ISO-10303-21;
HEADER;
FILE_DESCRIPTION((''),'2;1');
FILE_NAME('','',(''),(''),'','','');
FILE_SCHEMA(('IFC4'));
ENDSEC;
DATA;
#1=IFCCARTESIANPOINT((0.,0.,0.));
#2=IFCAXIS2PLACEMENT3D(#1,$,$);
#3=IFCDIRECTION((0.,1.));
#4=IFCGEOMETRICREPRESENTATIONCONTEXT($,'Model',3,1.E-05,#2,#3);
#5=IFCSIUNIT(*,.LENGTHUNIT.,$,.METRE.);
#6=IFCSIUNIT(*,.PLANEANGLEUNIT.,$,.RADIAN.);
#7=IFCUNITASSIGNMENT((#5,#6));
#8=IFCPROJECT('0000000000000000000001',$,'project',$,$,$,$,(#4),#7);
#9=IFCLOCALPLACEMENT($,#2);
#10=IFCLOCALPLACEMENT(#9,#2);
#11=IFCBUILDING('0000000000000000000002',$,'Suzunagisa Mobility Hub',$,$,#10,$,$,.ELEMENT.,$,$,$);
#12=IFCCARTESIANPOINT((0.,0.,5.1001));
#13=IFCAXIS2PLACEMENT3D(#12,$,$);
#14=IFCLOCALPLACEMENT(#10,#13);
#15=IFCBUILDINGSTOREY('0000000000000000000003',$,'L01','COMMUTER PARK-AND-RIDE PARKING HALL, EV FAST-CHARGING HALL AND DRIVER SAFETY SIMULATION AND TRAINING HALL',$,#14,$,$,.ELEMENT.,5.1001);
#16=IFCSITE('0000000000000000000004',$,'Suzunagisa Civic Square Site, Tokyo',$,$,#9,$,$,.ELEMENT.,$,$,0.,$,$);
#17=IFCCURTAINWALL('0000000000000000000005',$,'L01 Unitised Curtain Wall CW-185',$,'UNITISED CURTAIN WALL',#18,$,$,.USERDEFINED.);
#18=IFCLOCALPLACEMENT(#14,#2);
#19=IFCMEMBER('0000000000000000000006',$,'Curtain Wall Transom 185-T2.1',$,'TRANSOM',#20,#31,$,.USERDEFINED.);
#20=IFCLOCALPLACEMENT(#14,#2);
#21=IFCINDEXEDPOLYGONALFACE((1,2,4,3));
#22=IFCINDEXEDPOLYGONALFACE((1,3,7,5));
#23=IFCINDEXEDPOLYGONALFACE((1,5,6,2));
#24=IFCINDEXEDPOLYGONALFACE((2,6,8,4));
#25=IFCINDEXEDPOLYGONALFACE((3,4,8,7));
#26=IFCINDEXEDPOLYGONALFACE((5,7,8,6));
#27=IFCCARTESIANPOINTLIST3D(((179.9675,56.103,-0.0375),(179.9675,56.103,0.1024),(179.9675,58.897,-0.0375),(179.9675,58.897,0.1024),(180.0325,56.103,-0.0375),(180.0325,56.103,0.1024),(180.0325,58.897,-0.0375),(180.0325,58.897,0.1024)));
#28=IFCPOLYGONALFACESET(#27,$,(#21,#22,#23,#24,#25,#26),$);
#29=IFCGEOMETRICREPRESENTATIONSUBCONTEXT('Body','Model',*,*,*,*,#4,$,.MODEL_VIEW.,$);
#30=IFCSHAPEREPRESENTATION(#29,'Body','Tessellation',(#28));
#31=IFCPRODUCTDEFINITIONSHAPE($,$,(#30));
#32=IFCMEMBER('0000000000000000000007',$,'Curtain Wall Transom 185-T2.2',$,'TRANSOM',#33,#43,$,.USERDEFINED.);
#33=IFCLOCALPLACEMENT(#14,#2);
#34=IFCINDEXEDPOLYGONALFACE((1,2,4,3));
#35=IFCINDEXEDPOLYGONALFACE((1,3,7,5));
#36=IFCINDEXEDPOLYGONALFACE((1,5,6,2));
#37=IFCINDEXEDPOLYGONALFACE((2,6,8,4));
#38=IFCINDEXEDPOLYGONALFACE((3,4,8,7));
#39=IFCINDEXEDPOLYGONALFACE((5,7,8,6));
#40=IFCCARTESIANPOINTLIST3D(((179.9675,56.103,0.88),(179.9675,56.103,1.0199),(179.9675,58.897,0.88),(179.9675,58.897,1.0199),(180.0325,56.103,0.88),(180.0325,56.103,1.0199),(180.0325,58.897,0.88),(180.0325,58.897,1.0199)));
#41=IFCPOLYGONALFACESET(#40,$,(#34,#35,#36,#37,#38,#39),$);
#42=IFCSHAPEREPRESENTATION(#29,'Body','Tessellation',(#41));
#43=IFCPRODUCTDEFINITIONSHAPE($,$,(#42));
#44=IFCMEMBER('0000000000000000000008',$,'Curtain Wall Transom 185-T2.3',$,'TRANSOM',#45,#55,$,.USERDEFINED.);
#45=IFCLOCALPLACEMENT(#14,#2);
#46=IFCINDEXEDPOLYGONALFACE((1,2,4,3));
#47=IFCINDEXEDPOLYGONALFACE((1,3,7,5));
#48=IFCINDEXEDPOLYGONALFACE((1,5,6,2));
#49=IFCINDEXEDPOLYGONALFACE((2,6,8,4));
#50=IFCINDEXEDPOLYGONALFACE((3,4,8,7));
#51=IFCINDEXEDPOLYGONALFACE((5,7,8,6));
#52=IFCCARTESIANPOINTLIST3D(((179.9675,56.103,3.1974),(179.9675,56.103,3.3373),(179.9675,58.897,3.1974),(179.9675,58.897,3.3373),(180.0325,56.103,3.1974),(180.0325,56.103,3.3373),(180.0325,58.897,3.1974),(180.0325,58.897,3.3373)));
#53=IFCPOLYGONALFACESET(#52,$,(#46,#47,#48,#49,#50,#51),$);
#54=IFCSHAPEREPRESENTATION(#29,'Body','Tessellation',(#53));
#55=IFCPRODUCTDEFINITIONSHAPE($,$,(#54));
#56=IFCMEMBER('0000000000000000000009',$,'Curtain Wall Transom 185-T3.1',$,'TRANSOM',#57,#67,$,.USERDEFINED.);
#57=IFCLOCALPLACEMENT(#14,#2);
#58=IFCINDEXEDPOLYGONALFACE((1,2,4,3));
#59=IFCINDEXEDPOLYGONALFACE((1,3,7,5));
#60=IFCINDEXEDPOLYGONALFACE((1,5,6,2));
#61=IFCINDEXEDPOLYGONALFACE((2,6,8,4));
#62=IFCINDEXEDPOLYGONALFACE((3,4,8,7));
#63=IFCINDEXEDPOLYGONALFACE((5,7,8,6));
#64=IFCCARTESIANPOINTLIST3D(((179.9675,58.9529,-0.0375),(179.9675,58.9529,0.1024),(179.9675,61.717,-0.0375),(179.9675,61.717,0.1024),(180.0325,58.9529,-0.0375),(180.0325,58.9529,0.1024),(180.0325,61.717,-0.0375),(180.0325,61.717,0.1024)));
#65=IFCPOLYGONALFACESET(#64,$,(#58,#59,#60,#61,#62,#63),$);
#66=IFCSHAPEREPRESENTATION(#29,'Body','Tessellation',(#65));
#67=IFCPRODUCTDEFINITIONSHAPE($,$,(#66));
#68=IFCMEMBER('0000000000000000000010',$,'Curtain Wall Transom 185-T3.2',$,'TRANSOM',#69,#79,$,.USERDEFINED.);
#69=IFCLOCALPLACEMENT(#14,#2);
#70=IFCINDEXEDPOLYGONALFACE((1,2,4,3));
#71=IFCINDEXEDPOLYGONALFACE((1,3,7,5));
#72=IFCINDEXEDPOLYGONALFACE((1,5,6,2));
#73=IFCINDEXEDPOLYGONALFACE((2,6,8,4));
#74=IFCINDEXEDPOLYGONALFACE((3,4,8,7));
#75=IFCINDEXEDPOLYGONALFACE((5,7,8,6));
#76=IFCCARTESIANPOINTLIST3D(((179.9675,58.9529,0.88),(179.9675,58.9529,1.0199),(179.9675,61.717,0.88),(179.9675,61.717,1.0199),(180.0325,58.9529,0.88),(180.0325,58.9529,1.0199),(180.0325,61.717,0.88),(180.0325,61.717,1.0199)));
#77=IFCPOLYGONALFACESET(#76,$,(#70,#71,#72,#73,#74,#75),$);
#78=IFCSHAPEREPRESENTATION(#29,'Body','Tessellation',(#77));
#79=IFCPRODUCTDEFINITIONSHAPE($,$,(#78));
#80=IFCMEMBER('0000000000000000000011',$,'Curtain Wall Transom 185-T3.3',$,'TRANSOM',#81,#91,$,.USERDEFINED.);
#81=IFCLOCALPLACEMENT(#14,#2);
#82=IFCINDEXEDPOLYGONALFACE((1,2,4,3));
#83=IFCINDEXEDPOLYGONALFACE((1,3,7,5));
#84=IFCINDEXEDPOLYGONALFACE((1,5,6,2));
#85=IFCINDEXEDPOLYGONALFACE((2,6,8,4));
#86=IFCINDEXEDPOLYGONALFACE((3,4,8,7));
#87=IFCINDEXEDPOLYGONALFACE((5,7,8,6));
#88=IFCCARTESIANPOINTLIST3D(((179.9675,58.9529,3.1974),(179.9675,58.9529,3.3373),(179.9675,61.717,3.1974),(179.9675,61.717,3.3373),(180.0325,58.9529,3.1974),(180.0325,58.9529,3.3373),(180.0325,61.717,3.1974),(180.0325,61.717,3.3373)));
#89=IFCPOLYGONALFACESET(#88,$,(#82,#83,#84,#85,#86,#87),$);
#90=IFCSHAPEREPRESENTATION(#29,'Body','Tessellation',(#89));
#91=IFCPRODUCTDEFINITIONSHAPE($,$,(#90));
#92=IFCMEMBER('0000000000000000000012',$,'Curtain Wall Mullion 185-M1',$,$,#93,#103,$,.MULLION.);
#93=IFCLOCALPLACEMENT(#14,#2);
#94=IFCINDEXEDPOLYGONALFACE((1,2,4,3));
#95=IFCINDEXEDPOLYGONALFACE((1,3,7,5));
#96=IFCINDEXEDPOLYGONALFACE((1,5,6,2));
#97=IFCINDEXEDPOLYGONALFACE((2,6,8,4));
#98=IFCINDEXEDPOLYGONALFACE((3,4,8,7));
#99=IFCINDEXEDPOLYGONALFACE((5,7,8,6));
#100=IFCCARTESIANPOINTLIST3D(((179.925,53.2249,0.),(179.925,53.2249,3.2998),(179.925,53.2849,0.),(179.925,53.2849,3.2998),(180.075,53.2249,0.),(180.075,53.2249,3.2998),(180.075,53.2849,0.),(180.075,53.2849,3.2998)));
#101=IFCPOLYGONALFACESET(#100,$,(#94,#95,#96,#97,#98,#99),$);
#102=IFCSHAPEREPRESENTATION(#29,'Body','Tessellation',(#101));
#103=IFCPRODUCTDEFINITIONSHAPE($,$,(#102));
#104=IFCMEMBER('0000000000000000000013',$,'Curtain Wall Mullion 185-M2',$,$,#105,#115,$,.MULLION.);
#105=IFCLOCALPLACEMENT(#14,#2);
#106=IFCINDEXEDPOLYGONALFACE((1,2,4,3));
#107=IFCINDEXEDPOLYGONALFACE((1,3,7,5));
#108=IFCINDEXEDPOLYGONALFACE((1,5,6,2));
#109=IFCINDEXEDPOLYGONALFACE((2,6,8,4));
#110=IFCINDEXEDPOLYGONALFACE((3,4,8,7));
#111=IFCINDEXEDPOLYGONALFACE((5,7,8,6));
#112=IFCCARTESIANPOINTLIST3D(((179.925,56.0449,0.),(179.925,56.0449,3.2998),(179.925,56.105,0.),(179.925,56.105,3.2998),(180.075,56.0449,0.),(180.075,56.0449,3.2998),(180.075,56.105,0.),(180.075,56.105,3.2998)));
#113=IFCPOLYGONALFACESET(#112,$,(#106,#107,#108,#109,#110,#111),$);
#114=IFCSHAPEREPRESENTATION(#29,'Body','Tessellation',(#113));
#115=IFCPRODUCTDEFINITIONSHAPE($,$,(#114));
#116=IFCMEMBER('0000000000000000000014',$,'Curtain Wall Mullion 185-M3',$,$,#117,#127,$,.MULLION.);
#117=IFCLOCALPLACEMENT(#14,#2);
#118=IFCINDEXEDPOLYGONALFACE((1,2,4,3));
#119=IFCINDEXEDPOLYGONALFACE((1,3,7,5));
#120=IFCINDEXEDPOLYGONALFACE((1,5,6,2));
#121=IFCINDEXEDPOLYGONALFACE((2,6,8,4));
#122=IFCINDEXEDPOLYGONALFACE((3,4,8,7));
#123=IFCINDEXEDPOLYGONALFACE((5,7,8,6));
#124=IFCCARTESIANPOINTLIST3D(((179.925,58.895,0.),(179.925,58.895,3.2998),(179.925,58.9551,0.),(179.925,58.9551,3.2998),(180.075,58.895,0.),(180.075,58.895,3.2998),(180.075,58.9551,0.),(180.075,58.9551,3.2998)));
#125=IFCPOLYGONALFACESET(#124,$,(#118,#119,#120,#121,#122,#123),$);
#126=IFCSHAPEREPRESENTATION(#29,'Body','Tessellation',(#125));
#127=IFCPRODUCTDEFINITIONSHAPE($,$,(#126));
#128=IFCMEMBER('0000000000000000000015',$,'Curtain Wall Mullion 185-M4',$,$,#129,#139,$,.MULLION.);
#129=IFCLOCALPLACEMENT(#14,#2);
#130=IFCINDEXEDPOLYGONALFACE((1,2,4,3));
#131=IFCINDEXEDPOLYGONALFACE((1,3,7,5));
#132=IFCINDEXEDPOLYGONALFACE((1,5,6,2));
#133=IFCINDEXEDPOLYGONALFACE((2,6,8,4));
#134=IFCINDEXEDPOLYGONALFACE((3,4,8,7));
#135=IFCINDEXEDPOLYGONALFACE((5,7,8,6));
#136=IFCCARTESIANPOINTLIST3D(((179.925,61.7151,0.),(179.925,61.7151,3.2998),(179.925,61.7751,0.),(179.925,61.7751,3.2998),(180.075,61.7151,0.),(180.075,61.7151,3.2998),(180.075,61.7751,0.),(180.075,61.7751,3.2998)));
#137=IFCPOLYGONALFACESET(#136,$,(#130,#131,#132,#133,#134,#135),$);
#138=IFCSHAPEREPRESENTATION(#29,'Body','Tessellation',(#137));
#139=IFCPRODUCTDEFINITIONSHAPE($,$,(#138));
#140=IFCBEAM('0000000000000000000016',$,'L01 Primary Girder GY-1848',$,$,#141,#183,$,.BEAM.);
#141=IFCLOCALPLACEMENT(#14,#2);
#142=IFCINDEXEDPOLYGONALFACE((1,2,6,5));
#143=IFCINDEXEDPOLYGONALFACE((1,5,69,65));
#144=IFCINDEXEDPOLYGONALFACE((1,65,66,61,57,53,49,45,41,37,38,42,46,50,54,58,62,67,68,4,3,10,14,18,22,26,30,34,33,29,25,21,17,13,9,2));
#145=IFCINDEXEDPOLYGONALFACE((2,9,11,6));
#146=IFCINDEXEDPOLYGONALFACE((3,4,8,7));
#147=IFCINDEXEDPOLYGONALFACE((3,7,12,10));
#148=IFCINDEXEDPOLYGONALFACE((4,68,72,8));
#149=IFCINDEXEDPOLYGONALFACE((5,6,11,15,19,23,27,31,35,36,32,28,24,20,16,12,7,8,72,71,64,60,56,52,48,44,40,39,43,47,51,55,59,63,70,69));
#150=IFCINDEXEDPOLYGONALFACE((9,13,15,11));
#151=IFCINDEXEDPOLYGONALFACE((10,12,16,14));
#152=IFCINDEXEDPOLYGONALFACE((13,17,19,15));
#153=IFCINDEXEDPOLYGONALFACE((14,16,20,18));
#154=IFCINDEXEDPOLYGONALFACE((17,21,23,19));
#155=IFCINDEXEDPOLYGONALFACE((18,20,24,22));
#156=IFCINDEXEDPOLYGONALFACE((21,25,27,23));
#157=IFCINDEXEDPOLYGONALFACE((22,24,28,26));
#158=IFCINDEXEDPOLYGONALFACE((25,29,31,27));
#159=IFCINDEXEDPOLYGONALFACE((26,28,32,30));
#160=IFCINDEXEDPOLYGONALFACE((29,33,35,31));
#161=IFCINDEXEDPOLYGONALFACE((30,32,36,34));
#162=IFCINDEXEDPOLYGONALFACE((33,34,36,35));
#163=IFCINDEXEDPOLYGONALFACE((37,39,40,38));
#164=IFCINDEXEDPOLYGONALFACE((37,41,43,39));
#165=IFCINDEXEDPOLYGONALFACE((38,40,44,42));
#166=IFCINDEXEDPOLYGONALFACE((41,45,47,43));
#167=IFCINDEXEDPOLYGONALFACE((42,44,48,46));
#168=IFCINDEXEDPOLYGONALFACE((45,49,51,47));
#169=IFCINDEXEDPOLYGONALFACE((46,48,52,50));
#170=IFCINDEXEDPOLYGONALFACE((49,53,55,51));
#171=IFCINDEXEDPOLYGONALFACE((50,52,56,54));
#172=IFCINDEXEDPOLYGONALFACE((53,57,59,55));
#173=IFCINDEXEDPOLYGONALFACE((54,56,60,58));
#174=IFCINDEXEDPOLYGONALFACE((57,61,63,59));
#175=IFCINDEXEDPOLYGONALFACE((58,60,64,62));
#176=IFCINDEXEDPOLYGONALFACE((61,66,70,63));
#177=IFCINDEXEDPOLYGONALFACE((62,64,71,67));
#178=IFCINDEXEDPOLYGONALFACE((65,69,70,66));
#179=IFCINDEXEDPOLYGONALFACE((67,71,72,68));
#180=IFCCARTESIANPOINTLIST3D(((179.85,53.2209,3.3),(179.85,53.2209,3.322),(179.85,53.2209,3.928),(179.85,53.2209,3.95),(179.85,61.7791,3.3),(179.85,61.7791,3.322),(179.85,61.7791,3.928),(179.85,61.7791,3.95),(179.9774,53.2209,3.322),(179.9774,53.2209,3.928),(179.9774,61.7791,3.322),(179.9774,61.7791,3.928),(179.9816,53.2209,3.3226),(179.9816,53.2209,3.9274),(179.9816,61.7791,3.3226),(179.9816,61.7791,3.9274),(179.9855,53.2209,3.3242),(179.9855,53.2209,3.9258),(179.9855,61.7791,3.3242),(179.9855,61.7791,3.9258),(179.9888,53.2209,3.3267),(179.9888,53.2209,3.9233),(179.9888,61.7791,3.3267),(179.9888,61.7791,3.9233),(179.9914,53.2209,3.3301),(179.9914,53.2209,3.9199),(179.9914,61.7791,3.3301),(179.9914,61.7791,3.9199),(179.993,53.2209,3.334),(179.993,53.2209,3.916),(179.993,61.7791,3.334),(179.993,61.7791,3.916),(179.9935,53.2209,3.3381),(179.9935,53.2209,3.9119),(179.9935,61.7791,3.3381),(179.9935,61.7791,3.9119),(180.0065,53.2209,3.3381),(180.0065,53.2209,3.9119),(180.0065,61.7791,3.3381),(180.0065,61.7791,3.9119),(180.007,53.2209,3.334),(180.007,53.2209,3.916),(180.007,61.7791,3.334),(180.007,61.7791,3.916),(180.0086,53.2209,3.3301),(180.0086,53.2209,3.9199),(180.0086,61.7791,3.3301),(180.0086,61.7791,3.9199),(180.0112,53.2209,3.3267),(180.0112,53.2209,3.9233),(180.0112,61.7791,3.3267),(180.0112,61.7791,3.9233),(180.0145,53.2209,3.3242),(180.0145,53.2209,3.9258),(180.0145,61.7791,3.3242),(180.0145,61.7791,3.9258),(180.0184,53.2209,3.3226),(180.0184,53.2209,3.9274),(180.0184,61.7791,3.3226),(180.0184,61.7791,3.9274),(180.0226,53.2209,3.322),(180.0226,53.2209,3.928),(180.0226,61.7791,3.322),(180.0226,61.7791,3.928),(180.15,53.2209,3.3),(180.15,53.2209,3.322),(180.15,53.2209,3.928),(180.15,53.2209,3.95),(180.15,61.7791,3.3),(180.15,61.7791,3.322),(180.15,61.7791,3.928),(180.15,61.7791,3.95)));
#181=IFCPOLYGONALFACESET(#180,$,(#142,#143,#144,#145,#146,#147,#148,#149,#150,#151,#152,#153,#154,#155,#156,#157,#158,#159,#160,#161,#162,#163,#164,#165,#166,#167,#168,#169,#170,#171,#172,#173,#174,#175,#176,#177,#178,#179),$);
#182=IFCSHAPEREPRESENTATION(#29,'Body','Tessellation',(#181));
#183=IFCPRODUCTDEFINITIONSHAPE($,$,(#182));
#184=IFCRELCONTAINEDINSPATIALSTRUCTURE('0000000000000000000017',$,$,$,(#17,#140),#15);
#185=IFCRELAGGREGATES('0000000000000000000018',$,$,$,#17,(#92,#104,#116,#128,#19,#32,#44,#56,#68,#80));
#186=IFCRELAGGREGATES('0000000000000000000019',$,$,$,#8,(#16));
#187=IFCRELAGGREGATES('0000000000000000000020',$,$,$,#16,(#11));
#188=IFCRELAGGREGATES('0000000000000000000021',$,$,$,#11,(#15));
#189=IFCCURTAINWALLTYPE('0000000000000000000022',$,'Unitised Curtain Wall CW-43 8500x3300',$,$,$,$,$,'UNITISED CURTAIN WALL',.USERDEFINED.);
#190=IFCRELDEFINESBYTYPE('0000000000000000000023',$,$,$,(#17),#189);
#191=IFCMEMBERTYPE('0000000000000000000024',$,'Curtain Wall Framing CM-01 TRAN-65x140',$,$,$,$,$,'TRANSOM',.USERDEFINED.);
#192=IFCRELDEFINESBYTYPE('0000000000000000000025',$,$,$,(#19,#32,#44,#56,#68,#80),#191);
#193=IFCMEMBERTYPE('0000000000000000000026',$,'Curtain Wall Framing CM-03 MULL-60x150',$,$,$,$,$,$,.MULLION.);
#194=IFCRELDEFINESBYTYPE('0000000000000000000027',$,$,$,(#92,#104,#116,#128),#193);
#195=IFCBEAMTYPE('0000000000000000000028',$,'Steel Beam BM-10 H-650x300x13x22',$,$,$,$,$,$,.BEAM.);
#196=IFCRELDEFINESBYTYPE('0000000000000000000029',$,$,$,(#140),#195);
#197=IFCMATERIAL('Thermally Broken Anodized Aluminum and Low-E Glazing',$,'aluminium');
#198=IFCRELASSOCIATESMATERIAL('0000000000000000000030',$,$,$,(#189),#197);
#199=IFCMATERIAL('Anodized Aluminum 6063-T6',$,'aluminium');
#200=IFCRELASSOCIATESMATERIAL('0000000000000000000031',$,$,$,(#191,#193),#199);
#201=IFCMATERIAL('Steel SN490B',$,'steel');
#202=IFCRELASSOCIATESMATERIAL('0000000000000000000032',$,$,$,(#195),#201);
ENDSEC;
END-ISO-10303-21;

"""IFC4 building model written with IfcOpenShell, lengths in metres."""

from ifc_helpers import new_model, si_unit, direction, frame, origin, origin_2d, place, context, subcontext, project, spatial, rectangle, i_section, extrude, material, material_profile, profile_set, type_object, element, aggregate, save


model = new_model("IFC4")

# Units and contexts
model_context = context("Model", 3, precision=1e-05, world=origin(), true_north=direction((0.0, 1.0)))
body_context = subcontext(model_context, "Body", "Model", "MODEL_VIEW")
ifc_project = project(units=[si_unit("LENGTHUNIT", "METRE"), si_unit("PLANEANGLEUNIT", "RADIAN")], contexts=[model_context])

# Site, building, storey
site_placement = place(None, origin())
site = spatial("IfcSite", under=ifc_project, at=site_placement, Name="Suzunagisa Civic Square Site, Tokyo", CompositionType="ELEMENT", RefElevation=0.0)
building_placement = place(site_placement, origin())
building = spatial("IfcBuilding", under=site, at=building_placement, Name="Suzunagisa Mobility Hub", CompositionType="ELEMENT")
storey_placement = place(building_placement, frame((0.0, 0.0, 5.1001)))
storey = spatial("IfcBuildingStorey", under=building, at=storey_placement, Name="L01", Description="COMMUTER PARK-AND-RIDE PARKING HALL, EV FAST-CHARGING HALL AND DRIVER SAFETY SIMULATION AND TRAINING HALL", CompositionType="ELEMENT", Elevation=5.1001)

# Shared definitions
ifc_material_1 = material(Name="Steel SN490B", Category="steel")

# Curtain wall, members
ifc_material_2 = material(Name="Thermally Broken Anodized Aluminum and Low-E Glazing", Category="aluminium")
curtain_wall_type = type_object("IfcCurtainWallType", Name="Unitised Curtain Wall CW-43 8500x3300", ElementType="UNITISED CURTAIN WALL", PredefinedType="USERDEFINED", material=ifc_material_2)
curtain_wall_placement = place(storey_placement, origin())
curtain_wall = element("IfcCurtainWall", 1, at=curtain_wall_placement, inside=storey, type_object=curtain_wall_type, Name="L01 Unitised Curtain Wall CW-185", ObjectType="UNITISED CURTAIN WALL", PredefinedType="USERDEFINED")
ifc_material_3 = material(Name="Anodized Aluminum 6063-T6", Category="aluminium")
ifc_material_profile_1 = material_profile(ifc_material_3, rectangle(XDim=0.0649, YDim=0.1399, at=origin_2d()), Name="TRAN-65x140")
ifc_profile_set_1 = profile_set([ifc_material_profile_1], Name="Anodized Aluminum 6063-T6")
member_type_1 = type_object("IfcMemberType", Name="Curtain Wall Framing CM-01 TRAN-65x140", ElementType="TRANSOM", PredefinedType="USERDEFINED", material=ifc_profile_set_1)
member_1_placement = place(storey_placement, frame((180.0, 56.103, 0.0325), z_axis=(0.0, 1.0, 0.0), x_axis=(-1.0, 0.0, 0.0)))
member_1 = element("IfcMember", 2, at=member_1_placement, type_object=member_type_1, Name="Curtain Wall Transom 185-T2.1", ObjectType="TRANSOM", PredefinedType="USERDEFINED", context=body_context, shape_type="SweptSolid", body=[
    extrude(rectangle(XDim=0.0649, YDim=0.1399, at=origin_2d()), origin(), (0.0, 0.0, 1.0), 2.7939),
])
member_2_placement = place(storey_placement, frame((180.0, 56.103, 0.95), z_axis=(0.0, 1.0, 0.0), x_axis=(-1.0, 0.0, 0.0)))
member_2 = element("IfcMember", 3, at=member_2_placement, type_object=member_type_1, Name="Curtain Wall Transom 185-T2.2", ObjectType="TRANSOM", PredefinedType="USERDEFINED", context=body_context, shape_type="SweptSolid", body=[
    extrude(rectangle(XDim=0.0649, YDim=0.1399, at=origin_2d()), origin(), (0.0, 0.0, 1.0), 2.7939),
])
member_3_placement = place(storey_placement, frame((180.0, 56.103, 3.2673), z_axis=(0.0, 1.0, 0.0), x_axis=(-1.0, 0.0, 0.0)))
member_3 = element("IfcMember", 4, at=member_3_placement, type_object=member_type_1, Name="Curtain Wall Transom 185-T2.3", ObjectType="TRANSOM", PredefinedType="USERDEFINED", context=body_context, shape_type="SweptSolid", body=[
    extrude(rectangle(XDim=0.0649, YDim=0.1399, at=origin_2d()), origin(), (0.0, 0.0, 1.0), 2.7939),
])
member_4_placement = place(storey_placement, frame((180.0, 58.9529, 0.0325), z_axis=(0.0, 1.0, 0.0), x_axis=(-1.0, 0.0, 0.0)))
member_4 = element("IfcMember", 5, at=member_4_placement, type_object=member_type_1, Name="Curtain Wall Transom 185-T3.1", ObjectType="TRANSOM", PredefinedType="USERDEFINED", context=body_context, shape_type="SweptSolid", body=[
    extrude(rectangle(XDim=0.0649, YDim=0.1399, at=origin_2d()), origin(), (0.0, 0.0, 1.0), 2.7642),
])
member_5_placement = place(storey_placement, frame((180.0, 58.9529, 0.95), z_axis=(0.0, 1.0, 0.0), x_axis=(-1.0, 0.0, 0.0)))
member_5 = element("IfcMember", 6, at=member_5_placement, type_object=member_type_1, Name="Curtain Wall Transom 185-T3.2", ObjectType="TRANSOM", PredefinedType="USERDEFINED", context=body_context, shape_type="SweptSolid", body=[
    extrude(rectangle(XDim=0.0649, YDim=0.1399, at=origin_2d()), origin(), (0.0, 0.0, 1.0), 2.7642),
])
member_6_placement = place(storey_placement, frame((180.0, 58.9529, 3.2673), z_axis=(0.0, 1.0, 0.0), x_axis=(-1.0, 0.0, 0.0)))
member_6 = element("IfcMember", 7, at=member_6_placement, type_object=member_type_1, Name="Curtain Wall Transom 185-T3.3", ObjectType="TRANSOM", PredefinedType="USERDEFINED", context=body_context, shape_type="SweptSolid", body=[
    extrude(rectangle(XDim=0.0649, YDim=0.1399, at=origin_2d()), origin(), (0.0, 0.0, 1.0), 2.7642),
])
ifc_material_profile_2 = material_profile(ifc_material_3, rectangle(XDim=0.0601, YDim=0.1499, at=origin_2d()), Name="MULL-60x150")
ifc_profile_set_2 = profile_set([ifc_material_profile_2], Name="Anodized Aluminum 6063-T6")
member_type_2 = type_object("IfcMemberType", Name="Curtain Wall Framing CM-03 MULL-60x150", PredefinedType="MULLION", material=ifc_profile_set_2)
member_7_placement = place(storey_placement, frame((180.0, 53.2549, 0.0), z_axis=(0.0, 0.0, 1.0), x_axis=(0.0, 1.0, 0.0)))
member_7 = element("IfcMember", 8, at=member_7_placement, type_object=member_type_2, Name="Curtain Wall Mullion 185-M1", PredefinedType="MULLION", context=body_context, shape_type="SweptSolid", body=[
    extrude(rectangle(XDim=0.0601, YDim=0.1499, at=origin_2d()), origin(), (0.0, 0.0, 1.0), 3.2998),
])
member_8_placement = place(storey_placement, frame((180.0, 56.075, 0.0), z_axis=(0.0, 0.0, 1.0), x_axis=(0.0, 1.0, 0.0)))
member_8 = element("IfcMember", 9, at=member_8_placement, type_object=member_type_2, Name="Curtain Wall Mullion 185-M2", PredefinedType="MULLION", context=body_context, shape_type="SweptSolid", body=[
    extrude(rectangle(XDim=0.0601, YDim=0.1499, at=origin_2d()), origin(), (0.0, 0.0, 1.0), 3.2998),
])
member_9_placement = place(storey_placement, frame((180.0, 58.925, 0.0), z_axis=(0.0, 0.0, 1.0), x_axis=(0.0, 1.0, 0.0)))
member_9 = element("IfcMember", 10, at=member_9_placement, type_object=member_type_2, Name="Curtain Wall Mullion 185-M3", PredefinedType="MULLION", context=body_context, shape_type="SweptSolid", body=[
    extrude(rectangle(XDim=0.0601, YDim=0.1499, at=origin_2d()), origin(), (0.0, 0.0, 1.0), 3.2998),
])
member_10_placement = place(storey_placement, frame((180.0, 61.7451, 0.0), z_axis=(0.0, 0.0, 1.0), x_axis=(0.0, 1.0, 0.0)))
member_10 = element("IfcMember", 11, at=member_10_placement, type_object=member_type_2, Name="Curtain Wall Mullion 185-M4", PredefinedType="MULLION", context=body_context, shape_type="SweptSolid", body=[
    extrude(rectangle(XDim=0.0601, YDim=0.1499, at=origin_2d()), origin(), (0.0, 0.0, 1.0), 3.2998),
])

# Beam
ifc_material_profile_3 = material_profile(ifc_material_1, i_section(OverallWidth=0.3, OverallDepth=0.6499, WebThickness=0.0129, FlangeThickness=0.022, FilletRadius=0.0161, at=origin_2d()), Name="H-650x300x13x22")
ifc_profile_set_3 = profile_set([ifc_material_profile_3], Name="Steel SN490B")
beam_type_1 = type_object("IfcBeamType", Name="Steel Beam BM-10 H-650x300x13x22", PredefinedType="BEAM", material=ifc_profile_set_3)
for number, where, z_axis, x_axis, name in (
    (12, (180.0, 53.2209, 3.625), (0.0, 1.0, 0.0), (-1.0, 0.0, 0.0), "L01 Primary Girder GY-1848"),
):
    element("IfcBeam", number, at=place(storey_placement, frame(where, z_axis=z_axis, x_axis=x_axis)), inside=storey, type_object=beam_type_1, Name=name, PredefinedType="BEAM", context=body_context, shape_type="SweptSolid", body=[
        extrude(i_section(OverallWidth=0.3, OverallDepth=0.6499, WebThickness=0.0129, FlangeThickness=0.022, FilletRadius=0.0161, at=origin_2d()), origin(), (0.0, 0.0, 1.0), 8.5581),
    ])

aggregate(curtain_wall, [member_7, member_8, member_9, member_10, member_1, member_2, member_3, member_4, member_5, member_6])

save(model, "model.ifc")
